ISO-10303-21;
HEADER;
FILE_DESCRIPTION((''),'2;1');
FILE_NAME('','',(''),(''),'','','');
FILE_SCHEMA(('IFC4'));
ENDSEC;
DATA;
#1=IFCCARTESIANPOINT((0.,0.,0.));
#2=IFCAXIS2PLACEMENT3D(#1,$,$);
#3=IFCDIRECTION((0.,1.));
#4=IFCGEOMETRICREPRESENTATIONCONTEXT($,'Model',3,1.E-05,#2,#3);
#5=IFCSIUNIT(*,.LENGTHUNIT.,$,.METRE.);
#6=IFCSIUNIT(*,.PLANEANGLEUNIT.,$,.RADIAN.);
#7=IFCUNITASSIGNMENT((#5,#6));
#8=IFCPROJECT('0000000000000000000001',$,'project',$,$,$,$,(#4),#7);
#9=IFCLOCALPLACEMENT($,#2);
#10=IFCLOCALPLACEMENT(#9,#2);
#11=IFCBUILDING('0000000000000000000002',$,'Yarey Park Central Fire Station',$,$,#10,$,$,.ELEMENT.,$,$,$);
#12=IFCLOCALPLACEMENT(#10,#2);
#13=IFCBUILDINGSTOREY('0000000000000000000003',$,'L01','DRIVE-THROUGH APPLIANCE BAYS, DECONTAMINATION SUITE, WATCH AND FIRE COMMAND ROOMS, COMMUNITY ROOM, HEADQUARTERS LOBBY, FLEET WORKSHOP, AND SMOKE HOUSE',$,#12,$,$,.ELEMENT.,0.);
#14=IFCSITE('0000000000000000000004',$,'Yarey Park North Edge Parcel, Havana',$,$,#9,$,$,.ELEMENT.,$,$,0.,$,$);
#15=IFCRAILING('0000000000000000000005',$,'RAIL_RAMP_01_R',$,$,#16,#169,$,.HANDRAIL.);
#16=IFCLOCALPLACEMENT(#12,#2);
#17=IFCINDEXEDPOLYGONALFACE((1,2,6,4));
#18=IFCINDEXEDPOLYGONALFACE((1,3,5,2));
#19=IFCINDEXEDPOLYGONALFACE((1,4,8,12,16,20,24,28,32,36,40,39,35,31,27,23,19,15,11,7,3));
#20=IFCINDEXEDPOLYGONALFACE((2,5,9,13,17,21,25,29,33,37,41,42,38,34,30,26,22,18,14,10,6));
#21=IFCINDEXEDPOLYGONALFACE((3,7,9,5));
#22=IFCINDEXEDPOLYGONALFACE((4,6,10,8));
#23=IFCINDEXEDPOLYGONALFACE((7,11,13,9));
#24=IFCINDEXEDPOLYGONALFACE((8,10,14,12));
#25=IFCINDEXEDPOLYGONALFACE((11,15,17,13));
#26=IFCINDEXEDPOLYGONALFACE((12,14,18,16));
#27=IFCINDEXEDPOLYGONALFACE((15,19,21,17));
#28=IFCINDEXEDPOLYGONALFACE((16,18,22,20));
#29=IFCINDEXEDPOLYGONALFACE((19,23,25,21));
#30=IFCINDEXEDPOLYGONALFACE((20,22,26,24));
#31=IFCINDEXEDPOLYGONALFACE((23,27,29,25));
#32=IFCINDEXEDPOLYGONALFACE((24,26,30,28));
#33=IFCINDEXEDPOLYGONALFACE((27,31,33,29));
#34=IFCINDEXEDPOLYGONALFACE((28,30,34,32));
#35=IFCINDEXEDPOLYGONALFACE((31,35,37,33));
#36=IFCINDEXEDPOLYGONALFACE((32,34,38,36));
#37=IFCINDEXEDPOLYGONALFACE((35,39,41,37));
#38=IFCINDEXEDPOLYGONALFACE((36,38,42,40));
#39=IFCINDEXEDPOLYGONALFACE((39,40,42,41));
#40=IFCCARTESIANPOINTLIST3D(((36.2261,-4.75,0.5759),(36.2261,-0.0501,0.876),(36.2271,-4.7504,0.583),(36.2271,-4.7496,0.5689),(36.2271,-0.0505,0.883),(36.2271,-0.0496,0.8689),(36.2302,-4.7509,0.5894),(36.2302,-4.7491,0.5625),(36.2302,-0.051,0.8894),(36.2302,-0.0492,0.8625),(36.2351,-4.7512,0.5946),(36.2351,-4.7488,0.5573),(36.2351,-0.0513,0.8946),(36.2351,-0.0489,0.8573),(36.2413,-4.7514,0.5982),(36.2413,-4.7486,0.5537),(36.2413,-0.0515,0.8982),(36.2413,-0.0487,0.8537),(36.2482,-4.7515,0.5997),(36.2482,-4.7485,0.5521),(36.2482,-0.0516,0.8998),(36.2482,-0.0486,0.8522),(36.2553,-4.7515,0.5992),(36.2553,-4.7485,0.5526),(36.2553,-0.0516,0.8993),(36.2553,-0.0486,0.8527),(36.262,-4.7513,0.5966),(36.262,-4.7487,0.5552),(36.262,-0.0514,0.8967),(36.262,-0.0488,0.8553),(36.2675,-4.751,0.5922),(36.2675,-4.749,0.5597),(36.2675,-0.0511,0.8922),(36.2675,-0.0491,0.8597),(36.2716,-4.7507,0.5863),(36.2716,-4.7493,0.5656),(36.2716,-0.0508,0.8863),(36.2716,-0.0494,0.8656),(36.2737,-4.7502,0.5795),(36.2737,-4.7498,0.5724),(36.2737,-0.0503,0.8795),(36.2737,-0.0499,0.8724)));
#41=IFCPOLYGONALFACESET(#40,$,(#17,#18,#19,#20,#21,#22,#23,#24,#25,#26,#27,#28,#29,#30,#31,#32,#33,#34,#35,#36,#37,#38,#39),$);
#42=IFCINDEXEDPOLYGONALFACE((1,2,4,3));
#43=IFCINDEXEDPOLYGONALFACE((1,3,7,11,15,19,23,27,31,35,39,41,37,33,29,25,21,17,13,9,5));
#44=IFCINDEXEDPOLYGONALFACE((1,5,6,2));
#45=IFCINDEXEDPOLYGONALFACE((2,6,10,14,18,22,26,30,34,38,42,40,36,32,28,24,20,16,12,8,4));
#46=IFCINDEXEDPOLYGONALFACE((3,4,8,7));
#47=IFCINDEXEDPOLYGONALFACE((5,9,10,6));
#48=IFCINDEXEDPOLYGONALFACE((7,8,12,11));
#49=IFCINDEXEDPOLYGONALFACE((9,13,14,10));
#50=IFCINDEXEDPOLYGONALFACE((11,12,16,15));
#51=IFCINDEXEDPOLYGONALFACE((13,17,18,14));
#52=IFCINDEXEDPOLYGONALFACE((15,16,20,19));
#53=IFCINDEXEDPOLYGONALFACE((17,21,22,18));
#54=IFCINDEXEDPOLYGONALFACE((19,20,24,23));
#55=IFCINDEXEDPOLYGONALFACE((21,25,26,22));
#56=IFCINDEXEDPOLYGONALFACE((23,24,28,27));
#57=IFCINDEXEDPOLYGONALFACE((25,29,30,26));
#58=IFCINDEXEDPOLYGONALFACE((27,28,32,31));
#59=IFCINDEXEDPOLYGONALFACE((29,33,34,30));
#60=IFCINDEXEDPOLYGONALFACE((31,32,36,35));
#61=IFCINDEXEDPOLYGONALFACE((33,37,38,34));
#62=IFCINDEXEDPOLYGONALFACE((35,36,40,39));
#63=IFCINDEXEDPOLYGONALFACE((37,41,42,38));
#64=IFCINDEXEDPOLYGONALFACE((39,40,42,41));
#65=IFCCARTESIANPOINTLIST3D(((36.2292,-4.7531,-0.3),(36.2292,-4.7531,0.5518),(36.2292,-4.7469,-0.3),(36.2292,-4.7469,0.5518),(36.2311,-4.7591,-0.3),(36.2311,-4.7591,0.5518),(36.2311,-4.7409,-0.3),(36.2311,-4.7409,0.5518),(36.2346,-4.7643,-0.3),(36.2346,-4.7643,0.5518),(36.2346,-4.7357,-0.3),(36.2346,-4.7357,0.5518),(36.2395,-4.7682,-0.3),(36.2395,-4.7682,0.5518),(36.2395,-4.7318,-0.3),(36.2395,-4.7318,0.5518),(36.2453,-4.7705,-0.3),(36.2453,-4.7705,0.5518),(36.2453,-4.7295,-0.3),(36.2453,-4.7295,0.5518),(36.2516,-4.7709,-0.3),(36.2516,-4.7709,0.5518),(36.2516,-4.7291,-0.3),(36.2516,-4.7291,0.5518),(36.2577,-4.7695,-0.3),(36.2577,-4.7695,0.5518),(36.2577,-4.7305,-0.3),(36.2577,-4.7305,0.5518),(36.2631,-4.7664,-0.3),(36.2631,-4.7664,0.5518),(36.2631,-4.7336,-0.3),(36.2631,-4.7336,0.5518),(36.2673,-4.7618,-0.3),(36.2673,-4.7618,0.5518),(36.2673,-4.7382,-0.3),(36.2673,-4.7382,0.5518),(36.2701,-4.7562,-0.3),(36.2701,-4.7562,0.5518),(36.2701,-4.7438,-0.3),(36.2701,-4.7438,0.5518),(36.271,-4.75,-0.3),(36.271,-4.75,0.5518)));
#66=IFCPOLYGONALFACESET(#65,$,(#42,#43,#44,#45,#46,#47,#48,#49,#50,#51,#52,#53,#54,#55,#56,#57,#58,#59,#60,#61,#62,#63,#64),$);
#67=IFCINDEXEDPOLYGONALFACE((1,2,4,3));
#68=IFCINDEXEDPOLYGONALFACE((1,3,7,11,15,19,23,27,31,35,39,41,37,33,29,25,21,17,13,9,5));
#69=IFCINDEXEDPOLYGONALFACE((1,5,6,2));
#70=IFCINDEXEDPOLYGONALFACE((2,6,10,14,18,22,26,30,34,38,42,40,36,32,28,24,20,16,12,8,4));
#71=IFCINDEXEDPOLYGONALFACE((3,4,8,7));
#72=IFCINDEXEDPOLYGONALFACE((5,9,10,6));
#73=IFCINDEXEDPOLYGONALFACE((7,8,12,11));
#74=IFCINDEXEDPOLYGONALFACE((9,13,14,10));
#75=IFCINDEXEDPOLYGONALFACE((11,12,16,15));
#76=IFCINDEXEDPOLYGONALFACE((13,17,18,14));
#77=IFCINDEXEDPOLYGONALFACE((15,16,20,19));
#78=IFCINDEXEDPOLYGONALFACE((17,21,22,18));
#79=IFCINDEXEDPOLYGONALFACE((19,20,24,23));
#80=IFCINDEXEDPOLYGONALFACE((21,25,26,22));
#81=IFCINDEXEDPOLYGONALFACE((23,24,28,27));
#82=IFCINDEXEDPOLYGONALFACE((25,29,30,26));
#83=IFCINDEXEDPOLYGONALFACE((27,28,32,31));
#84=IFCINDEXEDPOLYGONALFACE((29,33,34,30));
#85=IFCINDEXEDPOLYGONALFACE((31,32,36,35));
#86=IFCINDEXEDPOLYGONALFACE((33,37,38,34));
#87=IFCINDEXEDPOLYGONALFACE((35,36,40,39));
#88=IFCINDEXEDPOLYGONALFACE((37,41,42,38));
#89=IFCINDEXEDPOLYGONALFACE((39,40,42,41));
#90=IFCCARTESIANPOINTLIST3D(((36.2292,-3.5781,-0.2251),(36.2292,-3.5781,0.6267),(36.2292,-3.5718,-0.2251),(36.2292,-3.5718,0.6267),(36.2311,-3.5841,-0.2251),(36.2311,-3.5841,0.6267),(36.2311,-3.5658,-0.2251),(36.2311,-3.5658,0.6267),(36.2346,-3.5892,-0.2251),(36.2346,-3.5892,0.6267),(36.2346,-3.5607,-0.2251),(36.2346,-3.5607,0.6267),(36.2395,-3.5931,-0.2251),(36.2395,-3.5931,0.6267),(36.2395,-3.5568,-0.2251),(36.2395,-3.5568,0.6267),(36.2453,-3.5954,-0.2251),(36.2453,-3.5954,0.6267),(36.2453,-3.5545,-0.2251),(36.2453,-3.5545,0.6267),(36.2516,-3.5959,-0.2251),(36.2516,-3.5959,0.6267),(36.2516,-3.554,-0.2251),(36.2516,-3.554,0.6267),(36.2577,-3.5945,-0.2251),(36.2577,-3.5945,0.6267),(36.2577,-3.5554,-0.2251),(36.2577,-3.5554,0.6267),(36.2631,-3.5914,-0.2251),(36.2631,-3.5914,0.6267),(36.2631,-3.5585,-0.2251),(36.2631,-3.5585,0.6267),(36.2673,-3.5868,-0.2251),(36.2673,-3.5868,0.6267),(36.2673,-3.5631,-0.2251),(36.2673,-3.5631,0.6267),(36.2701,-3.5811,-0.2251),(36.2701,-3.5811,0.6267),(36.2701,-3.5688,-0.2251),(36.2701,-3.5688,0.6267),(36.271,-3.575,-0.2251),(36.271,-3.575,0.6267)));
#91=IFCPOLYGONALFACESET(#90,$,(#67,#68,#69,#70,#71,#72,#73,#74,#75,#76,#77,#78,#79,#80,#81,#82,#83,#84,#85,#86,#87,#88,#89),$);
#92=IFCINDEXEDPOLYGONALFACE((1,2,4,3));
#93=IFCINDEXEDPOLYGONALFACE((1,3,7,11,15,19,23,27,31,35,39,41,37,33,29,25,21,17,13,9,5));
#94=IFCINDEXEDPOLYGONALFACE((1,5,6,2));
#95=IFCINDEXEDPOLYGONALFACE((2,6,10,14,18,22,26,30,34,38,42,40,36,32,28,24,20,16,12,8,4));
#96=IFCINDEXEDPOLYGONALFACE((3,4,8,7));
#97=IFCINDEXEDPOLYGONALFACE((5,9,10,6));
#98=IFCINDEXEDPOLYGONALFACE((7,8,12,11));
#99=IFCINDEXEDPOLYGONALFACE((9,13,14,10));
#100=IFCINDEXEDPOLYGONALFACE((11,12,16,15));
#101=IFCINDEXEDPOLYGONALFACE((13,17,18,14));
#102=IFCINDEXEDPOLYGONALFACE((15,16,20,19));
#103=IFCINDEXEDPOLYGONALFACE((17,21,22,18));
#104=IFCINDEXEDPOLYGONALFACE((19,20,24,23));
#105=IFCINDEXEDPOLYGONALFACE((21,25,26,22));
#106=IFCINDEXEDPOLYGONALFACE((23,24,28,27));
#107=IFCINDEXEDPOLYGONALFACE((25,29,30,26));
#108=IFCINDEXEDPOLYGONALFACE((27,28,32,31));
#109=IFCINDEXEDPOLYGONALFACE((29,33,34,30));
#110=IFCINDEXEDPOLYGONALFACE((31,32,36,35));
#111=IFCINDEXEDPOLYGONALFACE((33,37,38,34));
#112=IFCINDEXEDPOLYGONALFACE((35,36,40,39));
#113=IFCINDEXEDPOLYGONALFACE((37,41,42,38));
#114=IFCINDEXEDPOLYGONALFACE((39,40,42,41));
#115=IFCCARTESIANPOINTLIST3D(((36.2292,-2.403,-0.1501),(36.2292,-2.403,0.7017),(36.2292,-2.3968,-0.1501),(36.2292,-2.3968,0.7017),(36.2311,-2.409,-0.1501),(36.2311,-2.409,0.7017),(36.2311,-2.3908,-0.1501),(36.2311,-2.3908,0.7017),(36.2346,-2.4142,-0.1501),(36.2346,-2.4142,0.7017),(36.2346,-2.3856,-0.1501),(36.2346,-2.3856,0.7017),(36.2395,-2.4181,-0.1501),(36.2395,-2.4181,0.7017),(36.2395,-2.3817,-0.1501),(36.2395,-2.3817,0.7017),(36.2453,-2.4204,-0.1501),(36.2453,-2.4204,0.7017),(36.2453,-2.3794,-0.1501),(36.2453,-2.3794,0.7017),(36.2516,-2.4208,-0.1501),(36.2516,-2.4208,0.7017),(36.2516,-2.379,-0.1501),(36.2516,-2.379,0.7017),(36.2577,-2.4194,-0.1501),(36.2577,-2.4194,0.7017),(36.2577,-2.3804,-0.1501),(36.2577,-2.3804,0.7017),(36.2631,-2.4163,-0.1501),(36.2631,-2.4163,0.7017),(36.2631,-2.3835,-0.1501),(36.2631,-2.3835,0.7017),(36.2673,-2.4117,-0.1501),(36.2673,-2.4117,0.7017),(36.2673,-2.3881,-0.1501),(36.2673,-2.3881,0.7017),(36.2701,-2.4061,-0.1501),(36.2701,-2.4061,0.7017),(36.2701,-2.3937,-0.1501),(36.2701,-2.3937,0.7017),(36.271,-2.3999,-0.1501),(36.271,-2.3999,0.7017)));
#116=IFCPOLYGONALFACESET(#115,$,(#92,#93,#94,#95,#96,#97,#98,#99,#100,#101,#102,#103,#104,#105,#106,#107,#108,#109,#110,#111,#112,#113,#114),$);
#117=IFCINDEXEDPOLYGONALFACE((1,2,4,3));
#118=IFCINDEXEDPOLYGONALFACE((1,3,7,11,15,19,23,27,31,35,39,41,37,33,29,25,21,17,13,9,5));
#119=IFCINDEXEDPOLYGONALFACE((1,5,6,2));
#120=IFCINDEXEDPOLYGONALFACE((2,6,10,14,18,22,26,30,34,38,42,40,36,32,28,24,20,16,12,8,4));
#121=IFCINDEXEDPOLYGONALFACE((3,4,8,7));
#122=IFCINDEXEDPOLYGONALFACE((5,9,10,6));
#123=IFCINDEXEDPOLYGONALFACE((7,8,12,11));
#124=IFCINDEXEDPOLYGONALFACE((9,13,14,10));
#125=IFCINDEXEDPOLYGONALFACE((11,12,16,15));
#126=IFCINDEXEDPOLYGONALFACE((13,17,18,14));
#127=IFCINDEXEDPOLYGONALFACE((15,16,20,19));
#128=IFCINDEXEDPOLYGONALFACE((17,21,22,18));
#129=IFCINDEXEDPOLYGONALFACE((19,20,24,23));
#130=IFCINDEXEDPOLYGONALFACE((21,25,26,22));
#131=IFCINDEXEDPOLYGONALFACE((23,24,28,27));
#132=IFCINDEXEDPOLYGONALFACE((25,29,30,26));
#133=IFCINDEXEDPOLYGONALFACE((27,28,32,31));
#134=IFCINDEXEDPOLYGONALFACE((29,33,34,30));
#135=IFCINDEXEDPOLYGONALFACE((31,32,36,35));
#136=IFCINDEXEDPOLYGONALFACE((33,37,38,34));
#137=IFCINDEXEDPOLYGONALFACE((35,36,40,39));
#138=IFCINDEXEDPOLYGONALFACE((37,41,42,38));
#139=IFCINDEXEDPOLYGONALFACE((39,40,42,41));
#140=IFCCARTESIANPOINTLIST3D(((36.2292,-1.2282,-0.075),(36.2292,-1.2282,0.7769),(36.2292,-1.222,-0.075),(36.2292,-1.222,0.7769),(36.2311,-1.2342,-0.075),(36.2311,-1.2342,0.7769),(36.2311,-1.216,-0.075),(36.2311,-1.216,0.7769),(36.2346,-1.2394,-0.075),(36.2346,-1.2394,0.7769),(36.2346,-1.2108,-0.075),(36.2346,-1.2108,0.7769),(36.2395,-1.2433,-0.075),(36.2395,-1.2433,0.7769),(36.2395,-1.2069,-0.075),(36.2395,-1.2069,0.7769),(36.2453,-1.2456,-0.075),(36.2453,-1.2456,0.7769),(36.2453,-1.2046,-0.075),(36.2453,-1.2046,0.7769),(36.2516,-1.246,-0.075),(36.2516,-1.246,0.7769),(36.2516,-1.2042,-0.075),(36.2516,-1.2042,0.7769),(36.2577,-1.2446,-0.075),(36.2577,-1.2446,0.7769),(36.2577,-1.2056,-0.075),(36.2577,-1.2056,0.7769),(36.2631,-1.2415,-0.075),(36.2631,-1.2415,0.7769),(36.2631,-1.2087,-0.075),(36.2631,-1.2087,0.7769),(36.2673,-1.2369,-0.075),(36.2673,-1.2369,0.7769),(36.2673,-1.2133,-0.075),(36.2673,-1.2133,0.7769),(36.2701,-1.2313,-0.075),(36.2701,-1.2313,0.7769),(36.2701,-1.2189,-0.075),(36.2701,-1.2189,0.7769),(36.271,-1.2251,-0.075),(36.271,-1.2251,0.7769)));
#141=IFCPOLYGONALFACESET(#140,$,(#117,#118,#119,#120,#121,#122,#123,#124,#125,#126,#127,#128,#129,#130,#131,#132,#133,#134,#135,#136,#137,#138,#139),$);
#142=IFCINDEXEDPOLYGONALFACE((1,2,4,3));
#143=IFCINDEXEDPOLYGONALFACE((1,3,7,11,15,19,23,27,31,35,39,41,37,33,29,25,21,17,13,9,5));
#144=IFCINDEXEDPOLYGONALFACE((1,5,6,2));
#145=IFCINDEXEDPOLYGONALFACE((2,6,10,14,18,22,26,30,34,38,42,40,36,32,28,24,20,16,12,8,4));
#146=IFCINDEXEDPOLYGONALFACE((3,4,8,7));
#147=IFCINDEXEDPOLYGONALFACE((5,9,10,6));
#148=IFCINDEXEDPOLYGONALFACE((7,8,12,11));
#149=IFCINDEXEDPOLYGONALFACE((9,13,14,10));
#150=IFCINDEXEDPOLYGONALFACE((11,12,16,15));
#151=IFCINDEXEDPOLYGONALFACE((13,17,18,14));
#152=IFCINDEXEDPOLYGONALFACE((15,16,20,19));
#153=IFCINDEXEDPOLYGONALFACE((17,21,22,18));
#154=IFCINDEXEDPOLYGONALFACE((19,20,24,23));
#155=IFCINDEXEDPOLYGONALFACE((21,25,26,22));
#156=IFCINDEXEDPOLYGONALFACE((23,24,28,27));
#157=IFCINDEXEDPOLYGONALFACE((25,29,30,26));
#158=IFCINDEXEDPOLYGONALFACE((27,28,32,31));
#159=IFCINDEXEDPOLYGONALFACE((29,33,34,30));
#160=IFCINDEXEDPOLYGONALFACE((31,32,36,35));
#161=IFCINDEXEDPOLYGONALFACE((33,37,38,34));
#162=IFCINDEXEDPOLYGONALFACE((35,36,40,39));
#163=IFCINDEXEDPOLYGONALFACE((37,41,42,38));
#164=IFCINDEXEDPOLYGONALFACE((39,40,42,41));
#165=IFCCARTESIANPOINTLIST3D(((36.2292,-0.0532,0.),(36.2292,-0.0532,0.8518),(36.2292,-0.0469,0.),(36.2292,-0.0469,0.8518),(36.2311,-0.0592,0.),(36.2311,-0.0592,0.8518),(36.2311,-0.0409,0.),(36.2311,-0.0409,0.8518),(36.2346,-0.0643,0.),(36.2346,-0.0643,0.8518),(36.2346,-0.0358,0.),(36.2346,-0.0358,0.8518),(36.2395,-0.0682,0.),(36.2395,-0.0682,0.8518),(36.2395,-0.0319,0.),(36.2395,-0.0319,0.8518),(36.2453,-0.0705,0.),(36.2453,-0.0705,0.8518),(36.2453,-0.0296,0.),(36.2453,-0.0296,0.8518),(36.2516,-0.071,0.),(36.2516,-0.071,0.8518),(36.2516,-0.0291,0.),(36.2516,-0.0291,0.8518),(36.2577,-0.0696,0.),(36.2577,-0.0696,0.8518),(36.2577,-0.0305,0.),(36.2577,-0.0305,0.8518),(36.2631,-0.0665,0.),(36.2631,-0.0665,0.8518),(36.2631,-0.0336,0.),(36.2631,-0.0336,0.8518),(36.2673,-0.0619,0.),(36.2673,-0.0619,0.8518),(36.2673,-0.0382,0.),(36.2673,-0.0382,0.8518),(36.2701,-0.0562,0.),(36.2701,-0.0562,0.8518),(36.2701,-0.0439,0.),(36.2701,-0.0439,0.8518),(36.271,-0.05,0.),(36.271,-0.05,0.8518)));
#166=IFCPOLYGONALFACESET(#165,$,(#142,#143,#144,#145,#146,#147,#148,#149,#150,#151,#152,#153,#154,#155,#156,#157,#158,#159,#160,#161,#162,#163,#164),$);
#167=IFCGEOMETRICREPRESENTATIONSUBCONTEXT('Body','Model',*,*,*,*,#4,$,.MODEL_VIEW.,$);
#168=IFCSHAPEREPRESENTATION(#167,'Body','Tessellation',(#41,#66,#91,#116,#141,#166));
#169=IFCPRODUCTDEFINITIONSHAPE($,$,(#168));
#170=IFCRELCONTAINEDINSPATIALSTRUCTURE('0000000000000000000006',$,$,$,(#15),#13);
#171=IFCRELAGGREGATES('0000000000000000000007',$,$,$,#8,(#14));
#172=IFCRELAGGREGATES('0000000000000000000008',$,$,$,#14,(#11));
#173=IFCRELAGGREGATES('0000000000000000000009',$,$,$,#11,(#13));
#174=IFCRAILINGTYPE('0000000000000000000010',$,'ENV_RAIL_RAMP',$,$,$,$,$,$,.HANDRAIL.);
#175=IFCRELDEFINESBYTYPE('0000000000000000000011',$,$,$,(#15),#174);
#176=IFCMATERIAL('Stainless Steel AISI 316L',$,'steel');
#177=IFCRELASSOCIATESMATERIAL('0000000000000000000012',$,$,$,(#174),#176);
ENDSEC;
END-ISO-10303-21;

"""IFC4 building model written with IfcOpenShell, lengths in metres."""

from ifc_helpers import new_model, si_unit, direction, frame, origin, origin_2d, place, context, subcontext, project, spatial, circle, extrude, material, type_object, element, save


model = new_model("IFC4")

# Units and contexts
model_context = context("Model", 3, precision=1e-05, world=origin(), true_north=direction((0.0, 1.0)))
body_context = subcontext(model_context, "Body", "Model", "MODEL_VIEW")
ifc_project = project(units=[si_unit("LENGTHUNIT", "METRE"), si_unit("PLANEANGLEUNIT", "RADIAN")], contexts=[model_context])

# Site, building, storey
site_placement = place(None, origin())
site = spatial("IfcSite", under=ifc_project, at=site_placement, Name="Yarey Park North Edge Parcel, Havana", CompositionType="ELEMENT", RefElevation=0.0)
building_placement = place(site_placement, origin())
building = spatial("IfcBuilding", under=site, at=building_placement, Name="Yarey Park Central Fire Station", CompositionType="ELEMENT")
storey_placement = place(building_placement, origin())
storey = spatial("IfcBuildingStorey", under=building, at=storey_placement, Name="L01", Description="DRIVE-THROUGH APPLIANCE BAYS, DECONTAMINATION SUITE, WATCH AND FIRE COMMAND ROOMS, COMMUNITY ROOM, HEADQUARTERS LOBBY, FLEET WORKSHOP, AND SMOKE HOUSE", CompositionType="ELEMENT", Elevation=0.0)

# Railing
ifc_material_1 = material(Name="Stainless Steel AISI 316L", Category="steel")
railing_type = type_object("IfcRailingType", Name="ENV_RAIL_RAMP", PredefinedType="HANDRAIL", material=ifc_material_1)
for number, where, name in (
    (1, (36.25, -4.75, -0.3), "RAIL_RAMP_01_R"),
):
    element("IfcRailing", number, at=place(storey_placement, frame(where)), inside=storey, type_object=railing_type, Name=name, PredefinedType="HANDRAIL", context=body_context, shape_type="SweptSolid", body=[
        extrude(circle(Radius=0.0239, at=origin_2d()), frame((0.0, 0.0, 0.876), z_axis=(0.0, 0.997968, 0.063711), x_axis=(-1.0, 0.0, 0.0)), (0.0, 0.0, 1.0), 4.7095),
        extrude(circle(Radius=0.021, at=origin_2d()), origin(), (0.0, 0.0, 1.0), 0.8518),
        extrude(circle(Radius=0.021, at=origin_2d()), frame((0.0, 1.175, 0.075)), (0.0, 0.0, 1.0), 0.8518),
        extrude(circle(Radius=0.021, at=origin_2d()), frame((0.0, 2.3501, 0.1499)), (0.0, 0.0, 1.0), 0.8518),
        extrude(circle(Radius=0.021, at=origin_2d()), frame((0.0, 3.5249, 0.2251)), (0.0, 0.0, 1.0), 0.8518),
        extrude(circle(Radius=0.021, at=origin_2d()), frame((0.0, 4.7, 0.3)), (0.0, 0.0, 1.0), 0.8518),
    ])

save(model, "model.ifc")
